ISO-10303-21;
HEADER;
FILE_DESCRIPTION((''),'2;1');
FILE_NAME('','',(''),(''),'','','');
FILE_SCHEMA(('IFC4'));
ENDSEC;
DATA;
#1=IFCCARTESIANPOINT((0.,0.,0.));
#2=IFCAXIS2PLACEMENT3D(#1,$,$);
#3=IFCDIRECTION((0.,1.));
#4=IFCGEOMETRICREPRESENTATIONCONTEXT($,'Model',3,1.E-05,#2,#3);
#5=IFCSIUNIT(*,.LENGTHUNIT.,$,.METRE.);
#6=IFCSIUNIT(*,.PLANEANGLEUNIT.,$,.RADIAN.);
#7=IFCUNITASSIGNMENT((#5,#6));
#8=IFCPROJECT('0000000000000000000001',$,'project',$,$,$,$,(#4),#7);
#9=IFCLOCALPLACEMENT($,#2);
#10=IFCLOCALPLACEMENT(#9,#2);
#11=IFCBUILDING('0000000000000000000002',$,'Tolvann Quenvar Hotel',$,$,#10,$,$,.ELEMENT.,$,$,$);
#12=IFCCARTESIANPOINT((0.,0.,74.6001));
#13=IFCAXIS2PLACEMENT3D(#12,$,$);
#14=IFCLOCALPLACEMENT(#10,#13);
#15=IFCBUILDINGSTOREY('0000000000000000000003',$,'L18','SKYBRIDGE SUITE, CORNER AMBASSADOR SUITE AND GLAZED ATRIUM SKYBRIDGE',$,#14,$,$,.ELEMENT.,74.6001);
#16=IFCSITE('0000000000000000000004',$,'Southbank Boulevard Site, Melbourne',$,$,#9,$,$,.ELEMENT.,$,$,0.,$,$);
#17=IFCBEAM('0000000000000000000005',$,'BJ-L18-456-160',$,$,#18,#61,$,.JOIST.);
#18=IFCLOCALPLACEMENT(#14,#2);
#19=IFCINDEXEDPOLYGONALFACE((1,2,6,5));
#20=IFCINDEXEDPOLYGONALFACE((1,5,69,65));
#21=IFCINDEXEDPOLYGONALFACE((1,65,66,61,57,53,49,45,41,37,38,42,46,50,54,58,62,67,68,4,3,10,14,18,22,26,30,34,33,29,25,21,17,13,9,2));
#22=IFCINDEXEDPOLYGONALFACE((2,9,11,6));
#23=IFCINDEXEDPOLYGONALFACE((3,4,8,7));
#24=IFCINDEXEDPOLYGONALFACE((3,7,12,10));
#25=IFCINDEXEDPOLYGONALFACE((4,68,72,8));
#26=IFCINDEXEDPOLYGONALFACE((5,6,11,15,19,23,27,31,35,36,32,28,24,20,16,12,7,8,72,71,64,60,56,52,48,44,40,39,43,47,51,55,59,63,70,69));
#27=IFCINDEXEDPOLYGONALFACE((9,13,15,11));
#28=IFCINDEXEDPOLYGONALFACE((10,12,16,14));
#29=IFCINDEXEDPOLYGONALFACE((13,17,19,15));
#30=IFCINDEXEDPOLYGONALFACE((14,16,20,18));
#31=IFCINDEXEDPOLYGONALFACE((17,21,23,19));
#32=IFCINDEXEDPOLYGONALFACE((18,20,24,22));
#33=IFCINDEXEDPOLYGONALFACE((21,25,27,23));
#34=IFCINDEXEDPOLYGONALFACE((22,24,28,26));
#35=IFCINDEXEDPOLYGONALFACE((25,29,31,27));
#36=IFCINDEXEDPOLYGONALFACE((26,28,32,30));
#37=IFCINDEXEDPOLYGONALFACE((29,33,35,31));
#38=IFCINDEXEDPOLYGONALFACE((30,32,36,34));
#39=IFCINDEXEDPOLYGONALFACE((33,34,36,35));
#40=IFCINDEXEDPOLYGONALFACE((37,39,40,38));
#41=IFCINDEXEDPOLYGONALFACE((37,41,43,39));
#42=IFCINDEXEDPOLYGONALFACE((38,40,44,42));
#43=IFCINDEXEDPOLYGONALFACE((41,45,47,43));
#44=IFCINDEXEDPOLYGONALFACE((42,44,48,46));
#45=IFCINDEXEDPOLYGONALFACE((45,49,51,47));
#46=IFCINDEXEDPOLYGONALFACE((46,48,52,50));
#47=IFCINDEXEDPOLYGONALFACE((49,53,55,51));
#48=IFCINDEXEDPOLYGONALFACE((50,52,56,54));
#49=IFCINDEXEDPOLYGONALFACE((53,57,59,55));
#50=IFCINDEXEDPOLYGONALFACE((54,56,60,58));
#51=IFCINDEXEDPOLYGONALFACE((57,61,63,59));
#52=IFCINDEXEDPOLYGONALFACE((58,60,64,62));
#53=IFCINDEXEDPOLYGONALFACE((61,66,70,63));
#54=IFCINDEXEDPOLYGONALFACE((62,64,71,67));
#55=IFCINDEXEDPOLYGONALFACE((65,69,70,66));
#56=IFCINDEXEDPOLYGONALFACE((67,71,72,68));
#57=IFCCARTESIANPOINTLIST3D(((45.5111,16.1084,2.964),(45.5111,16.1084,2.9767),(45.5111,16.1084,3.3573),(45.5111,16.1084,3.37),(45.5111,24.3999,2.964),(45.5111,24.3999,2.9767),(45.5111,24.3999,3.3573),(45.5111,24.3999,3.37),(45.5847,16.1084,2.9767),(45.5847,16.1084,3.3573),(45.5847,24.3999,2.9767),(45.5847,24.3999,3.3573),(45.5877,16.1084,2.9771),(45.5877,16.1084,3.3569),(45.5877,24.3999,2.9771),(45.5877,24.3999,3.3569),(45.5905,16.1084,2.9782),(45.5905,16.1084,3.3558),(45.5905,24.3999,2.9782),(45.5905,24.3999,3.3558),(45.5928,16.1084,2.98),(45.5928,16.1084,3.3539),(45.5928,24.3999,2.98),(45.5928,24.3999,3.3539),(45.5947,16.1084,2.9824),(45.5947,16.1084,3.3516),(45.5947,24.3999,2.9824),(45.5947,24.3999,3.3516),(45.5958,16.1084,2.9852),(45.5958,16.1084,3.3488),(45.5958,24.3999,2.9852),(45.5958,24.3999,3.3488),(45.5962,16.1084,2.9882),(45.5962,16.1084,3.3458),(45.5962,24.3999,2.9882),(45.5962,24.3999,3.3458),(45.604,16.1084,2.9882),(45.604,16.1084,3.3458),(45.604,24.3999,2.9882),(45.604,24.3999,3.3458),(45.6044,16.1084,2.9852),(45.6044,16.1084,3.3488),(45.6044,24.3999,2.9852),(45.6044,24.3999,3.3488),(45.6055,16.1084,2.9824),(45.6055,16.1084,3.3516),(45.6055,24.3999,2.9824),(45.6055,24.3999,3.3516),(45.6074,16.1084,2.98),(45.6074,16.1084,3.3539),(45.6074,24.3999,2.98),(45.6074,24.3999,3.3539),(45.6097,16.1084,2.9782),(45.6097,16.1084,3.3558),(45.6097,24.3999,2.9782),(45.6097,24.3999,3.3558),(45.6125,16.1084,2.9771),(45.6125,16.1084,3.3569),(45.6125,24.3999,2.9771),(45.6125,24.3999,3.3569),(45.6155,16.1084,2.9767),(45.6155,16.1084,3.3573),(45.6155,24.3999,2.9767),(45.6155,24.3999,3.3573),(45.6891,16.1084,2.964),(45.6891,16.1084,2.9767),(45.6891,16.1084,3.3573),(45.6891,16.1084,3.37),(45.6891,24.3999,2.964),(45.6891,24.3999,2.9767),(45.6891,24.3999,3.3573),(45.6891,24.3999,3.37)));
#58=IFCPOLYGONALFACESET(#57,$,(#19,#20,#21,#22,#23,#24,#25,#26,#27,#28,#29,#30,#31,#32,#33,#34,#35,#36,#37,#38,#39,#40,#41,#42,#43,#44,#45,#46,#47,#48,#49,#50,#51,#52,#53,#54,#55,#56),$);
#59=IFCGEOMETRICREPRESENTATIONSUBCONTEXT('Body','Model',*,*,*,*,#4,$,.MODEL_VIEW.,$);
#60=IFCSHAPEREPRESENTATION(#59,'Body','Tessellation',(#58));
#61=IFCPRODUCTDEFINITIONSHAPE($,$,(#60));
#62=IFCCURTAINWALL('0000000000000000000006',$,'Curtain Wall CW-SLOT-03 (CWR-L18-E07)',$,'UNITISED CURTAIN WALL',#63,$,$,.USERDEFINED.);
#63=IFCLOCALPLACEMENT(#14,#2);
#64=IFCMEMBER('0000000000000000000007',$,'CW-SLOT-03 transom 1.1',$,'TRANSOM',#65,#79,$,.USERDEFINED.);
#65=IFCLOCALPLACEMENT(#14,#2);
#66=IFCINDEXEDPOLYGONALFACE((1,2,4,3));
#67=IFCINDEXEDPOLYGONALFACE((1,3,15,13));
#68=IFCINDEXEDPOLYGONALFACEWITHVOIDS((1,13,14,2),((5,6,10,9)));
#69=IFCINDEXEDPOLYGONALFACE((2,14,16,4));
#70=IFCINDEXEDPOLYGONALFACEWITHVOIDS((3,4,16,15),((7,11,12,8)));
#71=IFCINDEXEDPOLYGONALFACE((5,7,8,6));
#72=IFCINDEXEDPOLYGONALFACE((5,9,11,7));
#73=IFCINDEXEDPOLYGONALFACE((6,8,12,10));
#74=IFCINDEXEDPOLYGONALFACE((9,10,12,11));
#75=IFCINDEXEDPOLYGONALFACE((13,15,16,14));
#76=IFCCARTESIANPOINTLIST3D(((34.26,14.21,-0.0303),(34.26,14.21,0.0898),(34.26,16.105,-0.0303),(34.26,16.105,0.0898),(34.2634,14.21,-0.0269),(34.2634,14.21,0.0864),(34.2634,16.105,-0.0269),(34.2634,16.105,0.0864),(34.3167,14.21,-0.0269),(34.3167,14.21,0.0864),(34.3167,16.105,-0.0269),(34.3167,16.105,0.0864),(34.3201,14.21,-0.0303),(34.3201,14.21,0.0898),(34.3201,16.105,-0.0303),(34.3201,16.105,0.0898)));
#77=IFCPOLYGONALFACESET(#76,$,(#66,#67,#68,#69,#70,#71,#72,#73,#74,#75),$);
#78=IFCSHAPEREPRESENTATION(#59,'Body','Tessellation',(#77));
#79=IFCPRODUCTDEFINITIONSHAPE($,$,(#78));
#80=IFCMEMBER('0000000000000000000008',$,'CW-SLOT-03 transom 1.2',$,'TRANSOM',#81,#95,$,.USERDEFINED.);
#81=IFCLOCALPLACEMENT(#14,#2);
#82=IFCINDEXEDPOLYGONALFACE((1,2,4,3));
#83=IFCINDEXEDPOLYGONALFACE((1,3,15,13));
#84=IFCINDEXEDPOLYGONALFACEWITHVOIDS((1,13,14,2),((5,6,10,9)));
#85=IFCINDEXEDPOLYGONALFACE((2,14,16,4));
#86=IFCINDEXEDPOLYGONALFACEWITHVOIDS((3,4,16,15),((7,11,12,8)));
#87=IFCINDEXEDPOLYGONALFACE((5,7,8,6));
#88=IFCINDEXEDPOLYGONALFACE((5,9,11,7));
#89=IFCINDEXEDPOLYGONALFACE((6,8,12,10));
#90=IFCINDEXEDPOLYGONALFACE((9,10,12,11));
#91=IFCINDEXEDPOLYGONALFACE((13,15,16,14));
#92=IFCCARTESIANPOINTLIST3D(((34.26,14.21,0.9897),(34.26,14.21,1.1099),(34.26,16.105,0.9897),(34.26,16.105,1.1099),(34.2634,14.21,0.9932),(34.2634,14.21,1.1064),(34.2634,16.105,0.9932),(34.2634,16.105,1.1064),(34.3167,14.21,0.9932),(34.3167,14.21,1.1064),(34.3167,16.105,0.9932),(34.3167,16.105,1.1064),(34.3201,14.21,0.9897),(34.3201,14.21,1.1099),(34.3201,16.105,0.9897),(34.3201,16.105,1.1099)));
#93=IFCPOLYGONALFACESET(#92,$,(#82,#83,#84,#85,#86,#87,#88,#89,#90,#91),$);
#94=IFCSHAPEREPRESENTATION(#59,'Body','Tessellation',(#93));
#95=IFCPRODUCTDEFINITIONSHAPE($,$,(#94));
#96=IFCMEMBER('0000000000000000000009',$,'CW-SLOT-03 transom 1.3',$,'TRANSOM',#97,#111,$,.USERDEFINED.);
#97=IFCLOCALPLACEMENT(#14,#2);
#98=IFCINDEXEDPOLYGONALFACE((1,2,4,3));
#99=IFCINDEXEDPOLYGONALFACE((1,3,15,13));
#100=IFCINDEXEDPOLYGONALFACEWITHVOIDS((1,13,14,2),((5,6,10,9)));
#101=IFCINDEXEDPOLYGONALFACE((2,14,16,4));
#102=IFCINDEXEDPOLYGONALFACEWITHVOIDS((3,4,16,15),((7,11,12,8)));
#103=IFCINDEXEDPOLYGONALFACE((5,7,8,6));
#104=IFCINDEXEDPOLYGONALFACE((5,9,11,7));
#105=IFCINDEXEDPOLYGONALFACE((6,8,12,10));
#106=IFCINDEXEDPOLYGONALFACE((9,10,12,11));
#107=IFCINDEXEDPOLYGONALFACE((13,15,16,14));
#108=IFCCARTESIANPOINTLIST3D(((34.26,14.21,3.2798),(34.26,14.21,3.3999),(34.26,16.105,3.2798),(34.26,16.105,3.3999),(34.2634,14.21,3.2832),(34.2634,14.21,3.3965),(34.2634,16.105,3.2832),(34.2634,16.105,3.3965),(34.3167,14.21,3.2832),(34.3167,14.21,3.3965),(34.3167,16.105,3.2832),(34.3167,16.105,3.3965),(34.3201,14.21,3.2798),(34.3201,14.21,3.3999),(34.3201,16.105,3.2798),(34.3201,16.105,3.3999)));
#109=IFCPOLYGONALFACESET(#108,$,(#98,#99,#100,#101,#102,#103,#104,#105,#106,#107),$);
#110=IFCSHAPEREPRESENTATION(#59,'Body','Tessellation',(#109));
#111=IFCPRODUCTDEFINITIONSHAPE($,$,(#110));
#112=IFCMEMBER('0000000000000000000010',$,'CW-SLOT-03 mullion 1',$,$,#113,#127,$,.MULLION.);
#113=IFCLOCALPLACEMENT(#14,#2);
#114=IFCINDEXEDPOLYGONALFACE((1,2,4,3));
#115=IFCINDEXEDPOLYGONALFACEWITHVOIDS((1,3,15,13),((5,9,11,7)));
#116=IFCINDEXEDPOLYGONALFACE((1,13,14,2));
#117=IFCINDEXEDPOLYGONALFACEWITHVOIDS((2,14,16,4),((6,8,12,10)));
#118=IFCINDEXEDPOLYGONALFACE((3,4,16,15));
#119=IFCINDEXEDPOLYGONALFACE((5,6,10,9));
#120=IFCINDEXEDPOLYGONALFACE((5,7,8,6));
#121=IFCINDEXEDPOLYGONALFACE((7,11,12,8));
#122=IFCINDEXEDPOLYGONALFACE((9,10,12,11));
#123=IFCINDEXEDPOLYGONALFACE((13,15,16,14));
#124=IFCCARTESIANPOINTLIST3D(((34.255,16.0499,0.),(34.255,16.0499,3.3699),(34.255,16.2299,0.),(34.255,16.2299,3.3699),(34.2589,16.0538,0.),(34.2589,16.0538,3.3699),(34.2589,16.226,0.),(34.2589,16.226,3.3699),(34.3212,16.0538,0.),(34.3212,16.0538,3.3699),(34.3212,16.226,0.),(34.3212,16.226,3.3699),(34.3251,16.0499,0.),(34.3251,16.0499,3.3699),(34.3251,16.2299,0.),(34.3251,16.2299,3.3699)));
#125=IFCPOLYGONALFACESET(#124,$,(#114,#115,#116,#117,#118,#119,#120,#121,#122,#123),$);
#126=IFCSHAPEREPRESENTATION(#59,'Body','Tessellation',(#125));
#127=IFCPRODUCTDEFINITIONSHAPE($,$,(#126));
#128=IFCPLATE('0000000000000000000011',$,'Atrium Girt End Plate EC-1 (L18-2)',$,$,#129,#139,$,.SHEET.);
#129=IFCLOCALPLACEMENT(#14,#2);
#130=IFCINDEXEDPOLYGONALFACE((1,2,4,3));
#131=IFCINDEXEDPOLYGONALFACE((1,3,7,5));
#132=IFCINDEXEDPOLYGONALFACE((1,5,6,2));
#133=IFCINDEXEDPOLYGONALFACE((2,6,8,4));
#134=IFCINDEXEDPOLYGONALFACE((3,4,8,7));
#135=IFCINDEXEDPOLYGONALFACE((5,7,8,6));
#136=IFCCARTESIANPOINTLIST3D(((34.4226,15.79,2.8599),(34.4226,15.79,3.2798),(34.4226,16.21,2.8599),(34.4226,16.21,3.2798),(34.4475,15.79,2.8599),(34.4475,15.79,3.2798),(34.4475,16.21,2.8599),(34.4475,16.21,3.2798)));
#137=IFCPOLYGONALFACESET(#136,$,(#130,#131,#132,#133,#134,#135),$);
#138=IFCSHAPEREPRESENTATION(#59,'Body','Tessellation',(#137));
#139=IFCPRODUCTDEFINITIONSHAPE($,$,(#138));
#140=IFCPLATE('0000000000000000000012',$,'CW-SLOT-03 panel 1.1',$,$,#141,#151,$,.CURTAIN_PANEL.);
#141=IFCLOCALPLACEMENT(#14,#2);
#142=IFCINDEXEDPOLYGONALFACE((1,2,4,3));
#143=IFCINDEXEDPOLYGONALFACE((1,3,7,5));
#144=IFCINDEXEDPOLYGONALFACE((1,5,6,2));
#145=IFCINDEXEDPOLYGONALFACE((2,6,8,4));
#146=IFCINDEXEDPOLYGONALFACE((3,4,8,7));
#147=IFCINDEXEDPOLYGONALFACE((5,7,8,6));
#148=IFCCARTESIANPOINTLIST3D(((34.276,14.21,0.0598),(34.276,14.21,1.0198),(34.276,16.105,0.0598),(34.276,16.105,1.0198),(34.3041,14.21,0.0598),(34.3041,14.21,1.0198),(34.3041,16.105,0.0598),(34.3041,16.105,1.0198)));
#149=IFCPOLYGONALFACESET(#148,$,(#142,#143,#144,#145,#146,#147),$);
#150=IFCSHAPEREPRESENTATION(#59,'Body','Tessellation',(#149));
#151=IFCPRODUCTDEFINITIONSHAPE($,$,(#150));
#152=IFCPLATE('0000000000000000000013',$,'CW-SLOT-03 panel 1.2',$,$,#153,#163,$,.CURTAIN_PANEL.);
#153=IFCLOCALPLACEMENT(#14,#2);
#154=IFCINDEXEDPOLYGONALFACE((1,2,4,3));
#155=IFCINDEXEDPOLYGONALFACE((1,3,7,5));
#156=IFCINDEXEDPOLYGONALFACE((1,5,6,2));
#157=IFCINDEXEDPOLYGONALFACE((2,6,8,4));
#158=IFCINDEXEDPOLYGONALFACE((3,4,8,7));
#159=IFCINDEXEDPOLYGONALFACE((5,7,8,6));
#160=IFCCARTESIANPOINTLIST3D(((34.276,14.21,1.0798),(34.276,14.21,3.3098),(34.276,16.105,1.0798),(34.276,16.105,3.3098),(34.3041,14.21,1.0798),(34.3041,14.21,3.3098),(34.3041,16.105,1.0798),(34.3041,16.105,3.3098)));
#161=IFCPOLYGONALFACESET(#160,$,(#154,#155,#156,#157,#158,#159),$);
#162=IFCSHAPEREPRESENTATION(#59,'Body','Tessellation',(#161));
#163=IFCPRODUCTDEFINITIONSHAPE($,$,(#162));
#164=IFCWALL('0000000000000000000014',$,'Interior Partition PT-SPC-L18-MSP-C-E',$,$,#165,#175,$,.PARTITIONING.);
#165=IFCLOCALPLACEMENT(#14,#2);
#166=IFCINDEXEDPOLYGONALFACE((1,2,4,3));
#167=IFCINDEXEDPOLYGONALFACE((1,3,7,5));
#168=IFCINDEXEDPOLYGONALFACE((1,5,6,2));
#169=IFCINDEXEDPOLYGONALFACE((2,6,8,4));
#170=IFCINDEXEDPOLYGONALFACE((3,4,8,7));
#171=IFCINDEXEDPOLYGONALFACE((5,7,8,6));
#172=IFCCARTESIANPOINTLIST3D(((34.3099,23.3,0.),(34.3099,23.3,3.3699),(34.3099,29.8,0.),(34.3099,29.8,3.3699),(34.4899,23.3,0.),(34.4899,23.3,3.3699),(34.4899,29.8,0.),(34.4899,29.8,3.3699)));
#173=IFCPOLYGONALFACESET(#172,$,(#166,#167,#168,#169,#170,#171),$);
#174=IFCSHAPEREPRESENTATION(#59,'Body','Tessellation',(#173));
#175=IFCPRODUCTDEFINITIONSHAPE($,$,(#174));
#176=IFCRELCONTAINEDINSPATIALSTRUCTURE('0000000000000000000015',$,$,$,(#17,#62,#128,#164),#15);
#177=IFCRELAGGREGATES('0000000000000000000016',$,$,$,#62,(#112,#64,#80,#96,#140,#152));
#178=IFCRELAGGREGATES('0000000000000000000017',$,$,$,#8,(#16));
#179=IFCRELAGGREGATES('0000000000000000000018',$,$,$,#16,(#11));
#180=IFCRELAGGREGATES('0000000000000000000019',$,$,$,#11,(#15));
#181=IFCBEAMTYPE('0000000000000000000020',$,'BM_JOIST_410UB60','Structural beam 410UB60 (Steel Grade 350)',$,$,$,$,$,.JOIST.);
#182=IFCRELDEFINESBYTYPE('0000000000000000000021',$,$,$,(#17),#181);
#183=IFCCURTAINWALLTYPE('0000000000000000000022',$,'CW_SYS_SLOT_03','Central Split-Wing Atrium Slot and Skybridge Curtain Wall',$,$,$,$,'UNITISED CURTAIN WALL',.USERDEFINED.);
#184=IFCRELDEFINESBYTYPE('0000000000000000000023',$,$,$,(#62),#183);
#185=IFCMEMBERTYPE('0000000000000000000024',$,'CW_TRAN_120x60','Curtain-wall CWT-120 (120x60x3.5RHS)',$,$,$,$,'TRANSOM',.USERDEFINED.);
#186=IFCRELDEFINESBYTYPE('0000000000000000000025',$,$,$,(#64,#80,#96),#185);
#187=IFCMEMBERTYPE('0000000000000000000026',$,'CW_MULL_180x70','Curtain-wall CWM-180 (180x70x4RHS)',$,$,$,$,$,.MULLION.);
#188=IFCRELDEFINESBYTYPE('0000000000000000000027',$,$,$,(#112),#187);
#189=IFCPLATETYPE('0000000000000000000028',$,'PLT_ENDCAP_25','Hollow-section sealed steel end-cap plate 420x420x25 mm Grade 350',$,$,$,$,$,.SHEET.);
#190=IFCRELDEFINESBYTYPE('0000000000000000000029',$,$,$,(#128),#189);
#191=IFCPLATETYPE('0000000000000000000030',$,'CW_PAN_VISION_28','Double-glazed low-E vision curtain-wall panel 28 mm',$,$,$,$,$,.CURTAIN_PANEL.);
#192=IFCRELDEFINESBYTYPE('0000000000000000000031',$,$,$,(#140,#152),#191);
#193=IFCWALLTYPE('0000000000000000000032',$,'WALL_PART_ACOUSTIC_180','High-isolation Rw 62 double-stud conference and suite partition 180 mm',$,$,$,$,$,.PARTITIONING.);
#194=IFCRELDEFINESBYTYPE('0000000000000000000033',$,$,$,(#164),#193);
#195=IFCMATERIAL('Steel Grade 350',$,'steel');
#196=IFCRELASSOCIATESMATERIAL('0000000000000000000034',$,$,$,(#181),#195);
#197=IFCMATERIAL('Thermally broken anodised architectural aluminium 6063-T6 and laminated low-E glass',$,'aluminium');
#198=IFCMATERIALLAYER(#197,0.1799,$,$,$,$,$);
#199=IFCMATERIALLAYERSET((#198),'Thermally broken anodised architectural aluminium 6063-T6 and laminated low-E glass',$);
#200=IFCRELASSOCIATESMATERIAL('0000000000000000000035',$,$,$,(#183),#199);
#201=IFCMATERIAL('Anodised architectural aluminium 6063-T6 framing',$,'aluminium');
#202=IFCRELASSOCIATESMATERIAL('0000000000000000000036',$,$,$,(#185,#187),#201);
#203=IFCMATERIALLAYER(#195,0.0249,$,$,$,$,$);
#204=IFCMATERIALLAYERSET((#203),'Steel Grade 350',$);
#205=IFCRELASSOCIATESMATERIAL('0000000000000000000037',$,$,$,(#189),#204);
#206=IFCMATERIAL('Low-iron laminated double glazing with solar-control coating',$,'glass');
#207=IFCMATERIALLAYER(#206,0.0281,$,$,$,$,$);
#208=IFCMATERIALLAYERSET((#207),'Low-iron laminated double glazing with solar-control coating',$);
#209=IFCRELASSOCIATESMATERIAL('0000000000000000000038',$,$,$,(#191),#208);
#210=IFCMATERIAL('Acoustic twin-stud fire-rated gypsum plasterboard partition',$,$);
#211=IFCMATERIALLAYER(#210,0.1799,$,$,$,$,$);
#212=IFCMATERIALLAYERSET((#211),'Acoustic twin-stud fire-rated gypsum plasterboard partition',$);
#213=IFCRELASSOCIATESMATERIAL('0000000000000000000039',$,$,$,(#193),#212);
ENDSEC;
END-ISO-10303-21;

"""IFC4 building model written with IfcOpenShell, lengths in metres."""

from ifc_helpers import new_model, si_unit, direction, frame, frame_2d, origin, origin_2d, place, context, subcontext, project, spatial, rectangle, hollow_rectangle, i_section, extrude, source, transform, mapped, material, layer, layer_set, material_profile, profile_set, type_object, type_shapes, element, aggregate, save


model = new_model("IFC4")

# Units and contexts
model_context = context("Model", 3, precision=1e-05, world=origin(), true_north=direction((0.0, 1.0)))
body_context = subcontext(model_context, "Body", "Model", "MODEL_VIEW")
ifc_project = project(units=[si_unit("LENGTHUNIT", "METRE"), si_unit("PLANEANGLEUNIT", "RADIAN")], contexts=[model_context])

# Site, building, storey
site_placement = place(None, origin())
site = spatial("IfcSite", under=ifc_project, at=site_placement, Name="Southbank Boulevard Site, Melbourne", CompositionType="ELEMENT", RefElevation=0.0)
building_placement = place(site_placement, origin())
building = spatial("IfcBuilding", under=site, at=building_placement, Name="Tolvann Quenvar Hotel", CompositionType="ELEMENT")
storey_placement = place(building_placement, frame((0.0, 0.0, 74.6001)))
storey = spatial("IfcBuildingStorey", under=building, at=storey_placement, Name="L18", Description="SKYBRIDGE SUITE, CORNER AMBASSADOR SUITE AND GLAZED ATRIUM SKYBRIDGE", CompositionType="ELEMENT", Elevation=74.6001)

# Shared definitions
ifc_material_1 = material(Name="Steel Grade 350", Category="steel")

# Beam
ifc_material_profile_1 = material_profile(ifc_material_1, i_section(OverallWidth=0.178, OverallDepth=0.406, WebThickness=0.0078, FlangeThickness=0.0127, FilletRadius=0.0115, at=origin_2d()), Name="410UB60")
ifc_profile_set_1 = profile_set([ifc_material_profile_1], Name="Steel Grade 350")
beam_type_1 = type_object("IfcBeamType", Name="BM_JOIST_410UB60", Description="Structural beam 410UB60 (Steel Grade 350)", PredefinedType="JOIST", material=ifc_profile_set_1)
shared_shape_1 = source(origin(), body_context, "Body", "SweptSolid", [
    extrude(i_section(OverallWidth=0.178, OverallDepth=0.406, WebThickness=0.0078, FlangeThickness=0.0127, FilletRadius=0.0115, at=origin_2d()), origin(), (0.0, 0.0, 1.0), 8.2915),
])
type_shapes(beam_type_1, [shared_shape_1])
beam_1_placement = place(storey_placement, frame((45.6001, 16.1084, 3.167), z_axis=(0.0, 1.0, 0.0), x_axis=(-1.0, 0.0, 0.0)))
element("IfcBeam", 1, at=beam_1_placement, inside=storey, type_object=beam_type_1, Name="BJ-L18-456-160", PredefinedType="JOIST", context=body_context, shape_type="MappedRepresentation", body=[
    mapped(shared_shape_1, transform((0.0, 0.0, 0.0), x_axis=(1.0, 0.0, 0.0), y_axis=(0.0, 1.0, 0.0), z_axis=(0.0, 0.0, 1.0), scale=1.0)),
])

# Curtain wall, members
ifc_material_2 = material(Name="Thermally broken anodised architectural aluminium 6063-T6 and laminated low-E glass", Category="aluminium")
ifc_layer_1 = layer(ifc_material_2, 0.1799)
ifc_layer_set_1 = layer_set([ifc_layer_1], Name="Thermally broken anodised architectural aluminium 6063-T6 and laminated low-E glass")
curtain_wall_type = type_object("IfcCurtainWallType", Name="CW_SYS_SLOT_03", Description="Central Split-Wing Atrium Slot and Skybridge Curtain Wall", ElementType="UNITISED CURTAIN WALL", PredefinedType="USERDEFINED", material=ifc_layer_set_1)
curtain_wall_placement = place(storey_placement, origin())
curtain_wall = element("IfcCurtainWall", 2, at=curtain_wall_placement, inside=storey, type_object=curtain_wall_type, Name="Curtain Wall CW-SLOT-03 (CWR-L18-E07)", ObjectType="UNITISED CURTAIN WALL", PredefinedType="USERDEFINED")
ifc_material_3 = material(Name="Anodised architectural aluminium 6063-T6 framing", Category="aluminium")
ifc_material_profile_2 = material_profile(ifc_material_3, hollow_rectangle(XDim=0.0601, YDim=0.1201, WallThickness=0.0034, at=origin_2d()), Name="120x60x3.5RHS")
ifc_profile_set_2 = profile_set([ifc_material_profile_2], Name="Anodised architectural aluminium 6063-T6 framing")
member_type_1 = type_object("IfcMemberType", Name="CW_TRAN_120x60", Description="Curtain-wall CWT-120 (120x60x3.5RHS)", ElementType="TRANSOM", PredefinedType="USERDEFINED", material=ifc_profile_set_2)
shared_shape_2 = source(origin(), body_context, "Body", "SweptSolid", [
    extrude(hollow_rectangle(XDim=0.0601, YDim=0.1201, WallThickness=0.0034, at=origin_2d()), origin(), (0.0, 0.0, 1.0), 1.895),
])
type_shapes(member_type_1, [shared_shape_2])
member_1_placement = place(storey_placement, frame((34.29, 16.105, 0.0298), z_axis=(0.0, -1.0, 0.0), x_axis=(1.0, 0.0, 0.0)))
member_1 = element("IfcMember", 3, at=member_1_placement, type_object=member_type_1, Name="CW-SLOT-03 transom 1.1", ObjectType="TRANSOM", PredefinedType="USERDEFINED", context=body_context, shape_type="MappedRepresentation", body=[
    mapped(shared_shape_2, transform((0.0, 0.0, 0.0), x_axis=(1.0, 0.0, 0.0), y_axis=(0.0, 1.0, 0.0), z_axis=(0.0, 0.0, 1.0), scale=1.0)),
])
member_2_placement = place(storey_placement, frame((34.29, 16.105, 1.0498), z_axis=(0.0, -1.0, 0.0), x_axis=(1.0, 0.0, 0.0)))
member_2 = element("IfcMember", 4, at=member_2_placement, type_object=member_type_1, Name="CW-SLOT-03 transom 1.2", ObjectType="TRANSOM", PredefinedType="USERDEFINED", context=body_context, shape_type="MappedRepresentation", body=[
    mapped(shared_shape_2, transform((0.0, 0.0, 0.0), x_axis=(1.0, 0.0, 0.0), y_axis=(0.0, 1.0, 0.0), z_axis=(0.0, 0.0, 1.0), scale=1.0)),
])
member_3_placement = place(storey_placement, frame((34.29, 16.105, 3.3398), z_axis=(0.0, -1.0, 0.0), x_axis=(1.0, 0.0, 0.0)))
member_3 = element("IfcMember", 5, at=member_3_placement, type_object=member_type_1, Name="CW-SLOT-03 transom 1.3", ObjectType="TRANSOM", PredefinedType="USERDEFINED", context=body_context, shape_type="MappedRepresentation", body=[
    mapped(shared_shape_2, transform((0.0, 0.0, 0.0), x_axis=(1.0, 0.0, 0.0), y_axis=(0.0, 1.0, 0.0), z_axis=(0.0, 0.0, 1.0), scale=1.0)),
])
ifc_material_profile_3 = material_profile(ifc_material_3, hollow_rectangle(XDim=0.0701, YDim=0.1799, WallThickness=0.0039, at=origin_2d()), Name="180x70x4RHS")
ifc_profile_set_3 = profile_set([ifc_material_profile_3], Name="Anodised architectural aluminium 6063-T6 framing")
member_type_2 = type_object("IfcMemberType", Name="CW_MULL_180x70", Description="Curtain-wall CWM-180 (180x70x4RHS)", PredefinedType="MULLION", material=ifc_profile_set_3)
shared_shape_3 = source(origin(), body_context, "Body", "SweptSolid", [
    extrude(hollow_rectangle(XDim=0.0701, YDim=0.1799, WallThickness=0.0039, at=origin_2d()), origin(), (0.0, 0.0, 1.0), 3.3699),
])
type_shapes(member_type_2, [shared_shape_3])
member_4_placement = place(storey_placement, frame((34.29, 16.1399, 0.0), z_axis=(0.0, 0.0, 1.0), x_axis=(1.0, 0.0, 0.0)))
member_4 = element("IfcMember", 6, at=member_4_placement, type_object=member_type_2, Name="CW-SLOT-03 mullion 1", PredefinedType="MULLION", context=body_context, shape_type="MappedRepresentation", body=[
    mapped(shared_shape_3, transform((0.0, 0.0, 0.0), x_axis=(1.0, 0.0, 0.0), y_axis=(0.0, 1.0, 0.0), z_axis=(0.0, 0.0, 1.0), scale=1.0)),
])

# Plates
ifc_layer_2 = layer(ifc_material_1, 0.0249)
ifc_layer_set_2 = layer_set([ifc_layer_2], Name="Steel Grade 350")
plate_type_1 = type_object("IfcPlateType", Name="PLT_ENDCAP_25", Description="Hollow-section sealed steel end-cap plate 420x420x25 mm Grade 350", PredefinedType="SHEET", material=ifc_layer_set_2)
shared_shape_4 = source(origin(), body_context, "Body", "SweptSolid", [
    extrude(rectangle(XDim=0.0249, YDim=0.4199, at=origin_2d()), origin(), (0.0, 0.0, 1.0), 0.4199),
])
type_shapes(plate_type_1, [shared_shape_4])
plate_1_placement = place(storey_placement, frame((34.4351, 16.0, 2.8599), z_axis=(0.0, 0.0, 1.0), x_axis=(1.0, 0.0, 0.0)))
element("IfcPlate", 7, at=plate_1_placement, inside=storey, type_object=plate_type_1, Name="Atrium Girt End Plate EC-1 (L18-2)", PredefinedType="SHEET", context=body_context, shape_type="MappedRepresentation", body=[
    mapped(shared_shape_4, transform((0.0, 0.0, 0.0), x_axis=(1.0, 0.0, 0.0), y_axis=(0.0, 1.0, 0.0), z_axis=(0.0, 0.0, 1.0), scale=1.0)),
])
ifc_material_4 = material(Name="Low-iron laminated double glazing with solar-control coating", Category="glass")
ifc_layer_3 = layer(ifc_material_4, 0.0281)
ifc_layer_set_3 = layer_set([ifc_layer_3], Name="Low-iron laminated double glazing with solar-control coating")
plate_type_2 = type_object("IfcPlateType", Name="CW_PAN_VISION_28", Description="Double-glazed low-E vision curtain-wall panel 28 mm", PredefinedType="CURTAIN_PANEL", material=ifc_layer_set_3)
shared_shape_5 = source(origin(), body_context, "Body", "SweptSolid", [
    extrude(rectangle(XDim=1.895, YDim=0.0281, at=origin_2d()), origin(), (0.0, 0.0, 1.0), 0.96),
])
plate_2_placement = place(storey_placement, frame((34.29, 15.1575, 0.0598), z_axis=(0.0, 0.0, 1.0), x_axis=(0.0, -1.0, 0.0)))
plate_2 = element("IfcPlate", 8, at=plate_2_placement, type_object=plate_type_2, Name="CW-SLOT-03 panel 1.1", PredefinedType="CURTAIN_PANEL", context=body_context, shape_type="MappedRepresentation", body=[
    mapped(shared_shape_5, transform((0.0, 0.0, 0.0), x_axis=(1.0, 0.0, 0.0), y_axis=(0.0, 1.0, 0.0), z_axis=(0.0, 0.0, 1.0), scale=1.0)),
])
shared_shape_6 = source(origin(), body_context, "Body", "SweptSolid", [
    extrude(rectangle(XDim=1.895, YDim=0.0281, at=origin_2d()), origin(), (0.0, 0.0, 1.0), 2.23),
])
type_shapes(plate_type_2, [shared_shape_5, shared_shape_6])
plate_3_placement = place(storey_placement, frame((34.29, 15.1575, 1.0798), z_axis=(0.0, 0.0, 1.0), x_axis=(0.0, -1.0, 0.0)))
plate_3 = element("IfcPlate", 9, at=plate_3_placement, type_object=plate_type_2, Name="CW-SLOT-03 panel 1.2", PredefinedType="CURTAIN_PANEL", context=body_context, shape_type="MappedRepresentation", body=[
    mapped(shared_shape_6, transform((0.0, 0.0, 0.0), x_axis=(1.0, 0.0, 0.0), y_axis=(0.0, 1.0, 0.0), z_axis=(0.0, 0.0, 1.0), scale=1.0)),
])
aggregate(curtain_wall, [member_4, member_1, member_2, member_3, plate_2, plate_3])

# Wall
ifc_material_5 = material(Name="Acoustic twin-stud fire-rated gypsum plasterboard partition")
ifc_layer_4 = layer(ifc_material_5, 0.1799)
ifc_layer_set_4 = layer_set([ifc_layer_4], Name="Acoustic twin-stud fire-rated gypsum plasterboard partition")
wall_type_1 = type_object("IfcWallType", Name="WALL_PART_ACOUSTIC_180", Description="High-isolation Rw 62 double-stud conference and suite partition 180 mm", PredefinedType="PARTITIONING", material=ifc_layer_set_4)
wall_1_placement = place(storey_placement, frame((34.3999, 23.3, 0.0), z_axis=(0.0, 0.0, 1.0), x_axis=(0.0, 1.0, 0.0)))
element("IfcWall", 10, at=wall_1_placement, inside=storey, type_object=wall_type_1, Name="Interior Partition PT-SPC-L18-MSP-C-E", PredefinedType="PARTITIONING", context=body_context, shape_type="SweptSolid", body=[
    extrude(rectangle(XDim=6.5, YDim=0.1799, at=frame_2d((3.25, 0.0))), origin(), (0.0, 0.0, 1.0), 3.3699),
])

save(model, "model.ifc")
